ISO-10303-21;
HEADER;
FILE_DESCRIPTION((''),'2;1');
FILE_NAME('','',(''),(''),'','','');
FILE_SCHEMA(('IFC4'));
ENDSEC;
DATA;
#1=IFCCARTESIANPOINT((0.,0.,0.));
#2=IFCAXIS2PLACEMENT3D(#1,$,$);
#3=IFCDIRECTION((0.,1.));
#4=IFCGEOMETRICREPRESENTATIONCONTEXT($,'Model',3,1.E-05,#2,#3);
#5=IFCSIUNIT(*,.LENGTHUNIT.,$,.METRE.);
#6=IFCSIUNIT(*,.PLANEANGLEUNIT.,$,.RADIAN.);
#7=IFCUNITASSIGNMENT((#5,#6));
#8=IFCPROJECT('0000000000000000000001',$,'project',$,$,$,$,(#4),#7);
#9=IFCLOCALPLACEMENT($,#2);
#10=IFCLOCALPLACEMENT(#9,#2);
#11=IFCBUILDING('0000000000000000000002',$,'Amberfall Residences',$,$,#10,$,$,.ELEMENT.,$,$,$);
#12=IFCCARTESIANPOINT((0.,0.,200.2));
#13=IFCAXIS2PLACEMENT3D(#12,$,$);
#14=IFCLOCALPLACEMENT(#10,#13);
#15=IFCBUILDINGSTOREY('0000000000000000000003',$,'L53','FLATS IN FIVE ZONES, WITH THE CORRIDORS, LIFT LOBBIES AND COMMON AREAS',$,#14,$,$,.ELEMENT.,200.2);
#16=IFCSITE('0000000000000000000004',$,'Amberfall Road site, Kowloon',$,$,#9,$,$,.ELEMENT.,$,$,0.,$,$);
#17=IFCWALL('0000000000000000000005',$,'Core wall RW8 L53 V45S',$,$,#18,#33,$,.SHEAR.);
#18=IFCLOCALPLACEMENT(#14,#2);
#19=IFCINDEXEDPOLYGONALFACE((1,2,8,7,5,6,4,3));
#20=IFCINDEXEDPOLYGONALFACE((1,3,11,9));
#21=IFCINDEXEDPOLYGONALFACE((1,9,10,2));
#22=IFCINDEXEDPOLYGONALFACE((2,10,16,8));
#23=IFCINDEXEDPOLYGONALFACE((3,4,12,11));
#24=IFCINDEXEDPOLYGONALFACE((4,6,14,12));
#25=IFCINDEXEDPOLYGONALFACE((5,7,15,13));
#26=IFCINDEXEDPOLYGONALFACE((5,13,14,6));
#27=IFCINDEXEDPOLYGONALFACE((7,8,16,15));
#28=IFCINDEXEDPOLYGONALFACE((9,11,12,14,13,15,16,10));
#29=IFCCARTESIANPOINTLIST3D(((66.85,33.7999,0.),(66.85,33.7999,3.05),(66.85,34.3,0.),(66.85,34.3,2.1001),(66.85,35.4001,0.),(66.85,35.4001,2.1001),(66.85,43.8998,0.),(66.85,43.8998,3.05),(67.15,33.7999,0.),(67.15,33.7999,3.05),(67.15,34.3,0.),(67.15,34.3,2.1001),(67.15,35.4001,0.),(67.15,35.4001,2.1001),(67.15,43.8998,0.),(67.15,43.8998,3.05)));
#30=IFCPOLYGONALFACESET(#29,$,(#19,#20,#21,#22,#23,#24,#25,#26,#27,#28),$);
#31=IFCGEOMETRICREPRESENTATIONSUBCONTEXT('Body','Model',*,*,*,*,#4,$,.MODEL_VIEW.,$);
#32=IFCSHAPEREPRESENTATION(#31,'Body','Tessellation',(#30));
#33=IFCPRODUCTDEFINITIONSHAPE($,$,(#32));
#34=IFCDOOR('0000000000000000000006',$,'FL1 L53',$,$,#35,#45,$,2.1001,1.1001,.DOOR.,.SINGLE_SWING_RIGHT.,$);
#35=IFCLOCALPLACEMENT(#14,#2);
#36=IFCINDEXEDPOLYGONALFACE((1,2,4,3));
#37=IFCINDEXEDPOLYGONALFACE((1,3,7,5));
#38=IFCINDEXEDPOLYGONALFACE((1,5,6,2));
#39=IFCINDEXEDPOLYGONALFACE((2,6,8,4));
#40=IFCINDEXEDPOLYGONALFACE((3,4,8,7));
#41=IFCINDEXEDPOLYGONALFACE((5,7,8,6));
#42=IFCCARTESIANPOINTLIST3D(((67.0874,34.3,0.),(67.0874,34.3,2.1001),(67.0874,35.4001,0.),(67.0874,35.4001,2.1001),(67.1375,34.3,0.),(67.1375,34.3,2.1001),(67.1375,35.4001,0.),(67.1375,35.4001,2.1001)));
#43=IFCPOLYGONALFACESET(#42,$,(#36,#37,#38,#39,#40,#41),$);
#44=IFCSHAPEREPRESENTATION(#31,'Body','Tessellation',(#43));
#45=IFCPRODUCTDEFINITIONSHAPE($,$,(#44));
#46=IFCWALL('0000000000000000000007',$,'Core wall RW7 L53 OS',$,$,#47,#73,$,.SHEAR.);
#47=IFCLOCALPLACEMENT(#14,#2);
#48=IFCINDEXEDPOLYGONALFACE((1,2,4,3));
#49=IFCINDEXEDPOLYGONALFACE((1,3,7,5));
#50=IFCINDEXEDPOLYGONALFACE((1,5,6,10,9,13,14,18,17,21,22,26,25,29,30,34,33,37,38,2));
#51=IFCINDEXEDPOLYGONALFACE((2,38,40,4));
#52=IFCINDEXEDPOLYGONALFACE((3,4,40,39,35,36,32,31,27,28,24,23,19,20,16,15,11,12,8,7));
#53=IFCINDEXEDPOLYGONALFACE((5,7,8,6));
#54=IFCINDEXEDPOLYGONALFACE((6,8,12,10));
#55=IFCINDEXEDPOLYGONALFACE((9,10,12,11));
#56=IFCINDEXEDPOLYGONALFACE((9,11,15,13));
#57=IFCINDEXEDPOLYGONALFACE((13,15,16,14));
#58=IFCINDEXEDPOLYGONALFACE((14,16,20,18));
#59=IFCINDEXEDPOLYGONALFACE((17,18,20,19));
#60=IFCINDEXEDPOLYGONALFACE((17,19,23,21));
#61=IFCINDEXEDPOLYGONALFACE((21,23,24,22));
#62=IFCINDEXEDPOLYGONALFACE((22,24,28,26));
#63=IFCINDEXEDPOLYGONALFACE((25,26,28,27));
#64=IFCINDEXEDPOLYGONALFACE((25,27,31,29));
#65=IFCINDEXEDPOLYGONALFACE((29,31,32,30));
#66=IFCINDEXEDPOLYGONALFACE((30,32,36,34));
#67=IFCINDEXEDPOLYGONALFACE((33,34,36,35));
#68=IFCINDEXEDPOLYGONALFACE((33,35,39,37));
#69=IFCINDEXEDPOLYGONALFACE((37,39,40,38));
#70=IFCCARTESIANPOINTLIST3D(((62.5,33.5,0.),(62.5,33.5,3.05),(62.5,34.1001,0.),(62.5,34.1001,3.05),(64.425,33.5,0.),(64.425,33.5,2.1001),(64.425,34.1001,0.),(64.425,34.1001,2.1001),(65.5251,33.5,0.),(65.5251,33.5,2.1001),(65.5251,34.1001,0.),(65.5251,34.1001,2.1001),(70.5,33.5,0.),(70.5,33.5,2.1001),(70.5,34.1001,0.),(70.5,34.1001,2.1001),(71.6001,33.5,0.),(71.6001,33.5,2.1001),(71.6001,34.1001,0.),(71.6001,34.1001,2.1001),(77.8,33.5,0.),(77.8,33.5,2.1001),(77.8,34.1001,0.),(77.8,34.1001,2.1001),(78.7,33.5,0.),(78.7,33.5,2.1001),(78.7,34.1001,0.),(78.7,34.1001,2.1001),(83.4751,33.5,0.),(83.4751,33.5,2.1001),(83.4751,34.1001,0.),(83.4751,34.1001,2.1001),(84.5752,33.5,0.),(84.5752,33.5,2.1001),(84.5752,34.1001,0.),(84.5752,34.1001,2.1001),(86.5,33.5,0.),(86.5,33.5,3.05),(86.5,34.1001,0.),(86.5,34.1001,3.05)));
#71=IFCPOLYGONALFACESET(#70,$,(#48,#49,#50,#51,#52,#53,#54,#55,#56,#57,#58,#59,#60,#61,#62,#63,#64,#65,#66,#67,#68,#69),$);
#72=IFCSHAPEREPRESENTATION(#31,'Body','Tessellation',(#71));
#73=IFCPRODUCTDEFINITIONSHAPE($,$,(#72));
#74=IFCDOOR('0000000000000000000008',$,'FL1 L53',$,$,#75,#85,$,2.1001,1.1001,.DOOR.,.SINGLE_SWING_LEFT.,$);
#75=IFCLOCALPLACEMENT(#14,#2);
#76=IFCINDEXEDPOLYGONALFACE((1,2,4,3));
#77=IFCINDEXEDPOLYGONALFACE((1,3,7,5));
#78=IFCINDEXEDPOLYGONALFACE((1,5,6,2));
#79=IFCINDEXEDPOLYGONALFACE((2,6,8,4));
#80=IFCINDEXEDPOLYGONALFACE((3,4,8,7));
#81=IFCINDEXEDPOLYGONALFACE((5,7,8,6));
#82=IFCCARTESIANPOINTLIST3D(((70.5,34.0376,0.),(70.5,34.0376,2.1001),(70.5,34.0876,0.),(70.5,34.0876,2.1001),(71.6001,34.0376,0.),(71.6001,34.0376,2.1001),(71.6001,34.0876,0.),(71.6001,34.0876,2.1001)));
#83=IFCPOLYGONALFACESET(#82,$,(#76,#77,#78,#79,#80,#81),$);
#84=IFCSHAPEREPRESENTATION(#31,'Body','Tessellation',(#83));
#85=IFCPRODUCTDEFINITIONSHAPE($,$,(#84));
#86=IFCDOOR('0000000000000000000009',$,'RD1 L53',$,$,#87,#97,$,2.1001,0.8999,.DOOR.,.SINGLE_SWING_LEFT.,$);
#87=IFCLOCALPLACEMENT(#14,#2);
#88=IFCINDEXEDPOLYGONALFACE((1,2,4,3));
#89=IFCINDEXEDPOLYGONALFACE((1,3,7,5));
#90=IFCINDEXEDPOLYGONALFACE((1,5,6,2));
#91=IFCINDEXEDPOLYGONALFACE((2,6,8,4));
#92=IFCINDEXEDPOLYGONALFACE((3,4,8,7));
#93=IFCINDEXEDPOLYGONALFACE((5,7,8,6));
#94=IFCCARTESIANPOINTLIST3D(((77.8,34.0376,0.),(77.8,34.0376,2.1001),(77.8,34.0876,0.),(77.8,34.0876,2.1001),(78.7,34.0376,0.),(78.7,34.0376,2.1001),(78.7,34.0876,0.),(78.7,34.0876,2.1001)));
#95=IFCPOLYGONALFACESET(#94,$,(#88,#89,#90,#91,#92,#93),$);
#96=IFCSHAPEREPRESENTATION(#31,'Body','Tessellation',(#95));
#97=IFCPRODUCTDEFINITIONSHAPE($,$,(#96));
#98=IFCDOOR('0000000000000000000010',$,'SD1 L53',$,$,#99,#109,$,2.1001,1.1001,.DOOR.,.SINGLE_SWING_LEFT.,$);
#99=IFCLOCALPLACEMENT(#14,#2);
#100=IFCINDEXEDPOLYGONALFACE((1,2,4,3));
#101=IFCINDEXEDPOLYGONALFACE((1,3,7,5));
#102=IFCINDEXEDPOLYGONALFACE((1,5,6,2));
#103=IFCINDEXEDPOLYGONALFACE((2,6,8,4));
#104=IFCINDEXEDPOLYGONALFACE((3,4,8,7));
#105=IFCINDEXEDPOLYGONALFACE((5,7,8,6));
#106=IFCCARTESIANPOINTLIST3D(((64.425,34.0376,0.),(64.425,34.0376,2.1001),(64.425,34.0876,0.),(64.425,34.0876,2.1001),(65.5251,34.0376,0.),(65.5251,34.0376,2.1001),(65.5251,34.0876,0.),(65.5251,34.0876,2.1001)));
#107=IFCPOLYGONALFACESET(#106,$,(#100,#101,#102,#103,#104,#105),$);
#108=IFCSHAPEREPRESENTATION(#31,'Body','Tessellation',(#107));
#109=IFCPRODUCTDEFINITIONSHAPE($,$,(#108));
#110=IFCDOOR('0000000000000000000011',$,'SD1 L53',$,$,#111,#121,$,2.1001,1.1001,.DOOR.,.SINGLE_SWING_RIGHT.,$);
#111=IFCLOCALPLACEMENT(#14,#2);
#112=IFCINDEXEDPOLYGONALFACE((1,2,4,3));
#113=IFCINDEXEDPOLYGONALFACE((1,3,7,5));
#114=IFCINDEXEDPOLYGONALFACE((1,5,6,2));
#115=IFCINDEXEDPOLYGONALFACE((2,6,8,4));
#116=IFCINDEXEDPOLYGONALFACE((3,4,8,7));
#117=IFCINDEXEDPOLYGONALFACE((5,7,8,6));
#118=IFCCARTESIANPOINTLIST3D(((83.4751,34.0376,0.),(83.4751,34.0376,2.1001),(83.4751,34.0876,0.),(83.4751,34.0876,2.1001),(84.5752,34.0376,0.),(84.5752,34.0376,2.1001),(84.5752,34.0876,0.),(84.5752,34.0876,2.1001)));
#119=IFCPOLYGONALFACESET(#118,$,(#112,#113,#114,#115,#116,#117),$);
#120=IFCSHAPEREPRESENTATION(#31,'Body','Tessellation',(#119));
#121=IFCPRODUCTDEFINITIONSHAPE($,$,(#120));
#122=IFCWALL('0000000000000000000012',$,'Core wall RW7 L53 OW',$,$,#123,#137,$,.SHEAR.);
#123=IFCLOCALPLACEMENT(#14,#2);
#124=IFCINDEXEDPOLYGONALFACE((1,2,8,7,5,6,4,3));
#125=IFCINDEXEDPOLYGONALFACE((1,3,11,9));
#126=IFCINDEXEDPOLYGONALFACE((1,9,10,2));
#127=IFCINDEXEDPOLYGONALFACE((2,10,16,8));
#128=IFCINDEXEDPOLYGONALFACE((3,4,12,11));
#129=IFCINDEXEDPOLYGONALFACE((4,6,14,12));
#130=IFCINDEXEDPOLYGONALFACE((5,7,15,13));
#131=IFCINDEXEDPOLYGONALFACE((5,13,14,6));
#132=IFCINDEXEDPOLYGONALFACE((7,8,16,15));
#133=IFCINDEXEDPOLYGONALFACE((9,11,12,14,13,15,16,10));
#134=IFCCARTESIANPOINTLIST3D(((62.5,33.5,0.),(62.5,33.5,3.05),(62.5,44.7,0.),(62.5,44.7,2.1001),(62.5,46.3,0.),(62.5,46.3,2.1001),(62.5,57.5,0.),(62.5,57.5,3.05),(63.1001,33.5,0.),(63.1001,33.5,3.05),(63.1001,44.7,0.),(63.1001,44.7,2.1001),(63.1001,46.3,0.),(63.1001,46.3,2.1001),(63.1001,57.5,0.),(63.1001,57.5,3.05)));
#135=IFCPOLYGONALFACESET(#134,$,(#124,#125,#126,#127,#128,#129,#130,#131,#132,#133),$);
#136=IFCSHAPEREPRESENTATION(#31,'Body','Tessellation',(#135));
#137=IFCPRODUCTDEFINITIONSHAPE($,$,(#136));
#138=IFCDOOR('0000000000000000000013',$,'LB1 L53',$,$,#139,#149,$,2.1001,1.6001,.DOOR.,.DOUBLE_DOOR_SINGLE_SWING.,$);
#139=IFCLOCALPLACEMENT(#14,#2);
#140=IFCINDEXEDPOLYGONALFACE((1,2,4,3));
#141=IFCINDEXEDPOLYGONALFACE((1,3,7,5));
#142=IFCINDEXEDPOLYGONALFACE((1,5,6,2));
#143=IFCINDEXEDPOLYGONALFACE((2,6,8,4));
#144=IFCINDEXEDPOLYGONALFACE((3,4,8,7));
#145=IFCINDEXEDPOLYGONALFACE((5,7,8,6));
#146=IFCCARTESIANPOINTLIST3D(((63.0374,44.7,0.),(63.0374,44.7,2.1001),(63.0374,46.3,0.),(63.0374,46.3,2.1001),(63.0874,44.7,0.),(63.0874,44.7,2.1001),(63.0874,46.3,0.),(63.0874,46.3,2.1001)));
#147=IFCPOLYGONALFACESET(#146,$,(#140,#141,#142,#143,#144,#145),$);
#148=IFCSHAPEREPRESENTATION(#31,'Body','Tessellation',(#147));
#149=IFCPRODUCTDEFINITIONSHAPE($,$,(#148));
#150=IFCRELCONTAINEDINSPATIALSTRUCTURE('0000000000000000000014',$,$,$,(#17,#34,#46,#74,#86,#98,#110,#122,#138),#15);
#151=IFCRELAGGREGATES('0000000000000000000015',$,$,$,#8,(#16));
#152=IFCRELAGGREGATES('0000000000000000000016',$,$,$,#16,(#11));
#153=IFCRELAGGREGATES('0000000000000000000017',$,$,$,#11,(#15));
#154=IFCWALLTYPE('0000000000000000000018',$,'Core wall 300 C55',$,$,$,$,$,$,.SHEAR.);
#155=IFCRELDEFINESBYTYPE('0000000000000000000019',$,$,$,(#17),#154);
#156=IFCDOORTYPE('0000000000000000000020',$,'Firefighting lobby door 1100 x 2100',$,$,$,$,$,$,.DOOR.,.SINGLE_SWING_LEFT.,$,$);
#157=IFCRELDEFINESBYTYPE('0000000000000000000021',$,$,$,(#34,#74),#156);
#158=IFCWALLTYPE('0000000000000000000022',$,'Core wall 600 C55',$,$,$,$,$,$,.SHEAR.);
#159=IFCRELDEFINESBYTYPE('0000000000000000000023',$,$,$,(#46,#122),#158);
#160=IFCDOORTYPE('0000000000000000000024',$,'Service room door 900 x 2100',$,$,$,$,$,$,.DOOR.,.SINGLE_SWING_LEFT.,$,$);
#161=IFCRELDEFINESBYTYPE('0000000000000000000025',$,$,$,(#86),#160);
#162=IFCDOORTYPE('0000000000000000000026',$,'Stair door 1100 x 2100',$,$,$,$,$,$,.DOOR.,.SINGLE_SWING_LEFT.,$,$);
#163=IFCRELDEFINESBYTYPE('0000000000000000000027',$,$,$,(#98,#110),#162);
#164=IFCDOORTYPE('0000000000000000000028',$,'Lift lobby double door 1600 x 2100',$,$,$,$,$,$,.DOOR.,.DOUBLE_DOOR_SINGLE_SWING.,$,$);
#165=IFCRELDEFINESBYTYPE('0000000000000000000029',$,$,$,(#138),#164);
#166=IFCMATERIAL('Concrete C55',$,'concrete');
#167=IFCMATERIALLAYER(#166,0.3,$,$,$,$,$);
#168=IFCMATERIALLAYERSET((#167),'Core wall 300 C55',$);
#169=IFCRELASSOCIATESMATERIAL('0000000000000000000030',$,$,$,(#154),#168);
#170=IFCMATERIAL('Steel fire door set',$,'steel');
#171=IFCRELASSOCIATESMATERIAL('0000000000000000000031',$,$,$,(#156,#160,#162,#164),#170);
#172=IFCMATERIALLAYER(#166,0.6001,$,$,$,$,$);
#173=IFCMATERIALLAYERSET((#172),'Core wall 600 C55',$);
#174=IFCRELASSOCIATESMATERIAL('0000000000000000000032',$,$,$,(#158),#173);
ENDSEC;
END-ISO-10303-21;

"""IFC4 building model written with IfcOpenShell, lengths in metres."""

from ifc_helpers import new_model, si_unit, direction, frame, frame_2d, origin, place, context, subcontext, project, spatial, rectangle, extrude, material, layer, layer_set, type_object, element, fill, save


model = new_model("IFC4")

# Units and contexts
model_context = context("Model", 3, precision=1e-05, world=origin(), true_north=direction((0.0, 1.0)))
body_context = subcontext(model_context, "Body", "Model", "MODEL_VIEW")
ifc_project = project(units=[si_unit("LENGTHUNIT", "METRE"), si_unit("PLANEANGLEUNIT", "RADIAN")], contexts=[model_context])

# Site, building, storey
site_placement = place(None, origin())
site = spatial("IfcSite", under=ifc_project, at=site_placement, Name="Amberfall Road site, Kowloon", CompositionType="ELEMENT", RefElevation=0.0)
building_placement = place(site_placement, origin())
building = spatial("IfcBuilding", under=site, at=building_placement, Name="Amberfall Residences", CompositionType="ELEMENT")
storey_placement = place(building_placement, frame((0.0, 0.0, 200.2)))
storey = spatial("IfcBuildingStorey", under=building, at=storey_placement, Name="L53", Description="FLATS IN FIVE ZONES, WITH THE CORRIDORS, LIFT LOBBIES AND COMMON AREAS", CompositionType="ELEMENT", Elevation=200.2)

# Wall, opening, door
ifc_material_1 = material(Name="Concrete C55", Category="concrete")
ifc_layer_1 = layer(ifc_material_1, 0.3)
ifc_layer_set_1 = layer_set([ifc_layer_1], Name="Core wall 300 C55")
wall_type_1 = type_object("IfcWallType", Name="Core wall 300 C55", PredefinedType="SHEAR", material=ifc_layer_set_1)
wall_1_placement = place(storey_placement, frame((67.0, 33.8, 0.0), z_axis=(0.0, 0.0, 1.0), x_axis=(0.0, 1.0, 0.0)))
wall_1 = element("IfcWall", 1, at=wall_1_placement, inside=storey, type_object=wall_type_1, Name="Core wall RW8 L53 V45S", PredefinedType="SHEAR", context=body_context, shape_type="SweptSolid", body=[
    extrude(rectangle(XDim=10.0999, YDim=0.3, at=frame_2d((5.0498, 0.0))), origin(), (0.0, 0.0, 1.0), 3.05),
])
opening_1_placement = place(wall_1_placement, frame((0.5, 0.0, 0.0)))
opening_1 = element("IfcOpeningElement", 2, at=opening_1_placement, cuts=wall_1, PredefinedType="OPENING", context=body_context, shape_type="SweptSolid", body=[
    extrude(rectangle(XDim=1.1001, YDim=2.1001, at=frame_2d((0.55, 1.05))), frame((0.0, 0.1599, 0.0), z_axis=(0.0, -1.0, 0.0), x_axis=(1.0, 0.0, 0.0)), (0.0, 0.0, 1.0), 0.3201),
])
ifc_material_2 = material(Name="Steel fire door set", Category="steel")
door_type_1 = type_object("IfcDoorType", Name="Firefighting lobby door 1100 x 2100", OperationType="SINGLE_SWING_LEFT", PredefinedType="DOOR", material=ifc_material_2)
door_1_placement = place(opening_1_placement, origin())
door_1 = element("IfcDoor", 3, at=door_1_placement, inside=storey, type_object=door_type_1, Name="FL1 L53", OperationType="SINGLE_SWING_RIGHT", OverallHeight=2.1001, OverallWidth=1.1001, PredefinedType="DOOR", context=body_context, shape_type="SweptSolid", body=[
    extrude(rectangle(XDim=1.1001, YDim=2.1001, at=frame_2d((0.55, 1.05))), frame((0.0, -0.0874, 0.0), z_axis=(0.0, -1.0, 0.0), x_axis=(1.0, 0.0, 0.0)), (0.0, 0.0, 1.0), 0.05),
])
fill(opening_1, door_1)

# Wall, openings, doors
ifc_layer_2 = layer(ifc_material_1, 0.6001)
ifc_layer_set_2 = layer_set([ifc_layer_2], Name="Core wall 600 C55")
wall_type_2 = type_object("IfcWallType", Name="Core wall 600 C55", PredefinedType="SHEAR", material=ifc_layer_set_2)
wall_2_placement = place(storey_placement, frame((62.5, 33.8, 0.0), z_axis=(0.0, 0.0, 1.0), x_axis=(1.0, 0.0, 0.0)))
wall_2 = element("IfcWall", 4, at=wall_2_placement, inside=storey, type_object=wall_type_2, Name="Core wall RW7 L53 OS", PredefinedType="SHEAR", context=body_context, shape_type="SweptSolid", body=[
    extrude(rectangle(XDim=24.0, YDim=0.6001, at=frame_2d((12.0, 0.0))), origin(), (0.0, 0.0, 1.0), 3.05),
])
opening_2_placement = place(wall_2_placement, frame((1.925, 0.0, 0.0)))
opening_2 = element("IfcOpeningElement", 5, at=opening_2_placement, cuts=wall_2, PredefinedType="OPENING", context=body_context, shape_type="SweptSolid", body=[
    extrude(rectangle(XDim=1.1001, YDim=2.1001, at=frame_2d((0.55, 1.05))), frame((0.0, 0.3101, 0.0), z_axis=(0.0, -1.0, 0.0), x_axis=(1.0, 0.0, 0.0)), (0.0, 0.0, 1.0), 0.6201),
])
opening_3_placement = place(wall_2_placement, frame((20.9751, 0.0, 0.0)))
opening_3 = element("IfcOpeningElement", 6, at=opening_3_placement, cuts=wall_2, PredefinedType="OPENING", context=body_context, shape_type="SweptSolid", body=[
    extrude(rectangle(XDim=1.1001, YDim=2.1001, at=frame_2d((0.55, 1.05))), frame((0.0, 0.3101, 0.0), z_axis=(0.0, -1.0, 0.0), x_axis=(1.0, 0.0, 0.0)), (0.0, 0.0, 1.0), 0.6201),
])
opening_4_placement = place(wall_2_placement, frame((8.0, 0.0, 0.0)))
opening_4 = element("IfcOpeningElement", 7, at=opening_4_placement, cuts=wall_2, PredefinedType="OPENING", context=body_context, shape_type="SweptSolid", body=[
    extrude(rectangle(XDim=1.1001, YDim=2.1001, at=frame_2d((0.55, 1.05))), frame((0.0, 0.3101, 0.0), z_axis=(0.0, -1.0, 0.0), x_axis=(1.0, 0.0, 0.0)), (0.0, 0.0, 1.0), 0.6201),
])
opening_5_placement = place(wall_2_placement, frame((15.3, 0.0, 0.0)))
opening_5 = element("IfcOpeningElement", 8, at=opening_5_placement, cuts=wall_2, PredefinedType="OPENING", context=body_context, shape_type="SweptSolid", body=[
    extrude(rectangle(XDim=0.8999, YDim=2.1001, at=frame_2d((0.45, 1.05))), frame((0.0, 0.3101, 0.0), z_axis=(0.0, -1.0, 0.0), x_axis=(1.0, 0.0, 0.0)), (0.0, 0.0, 1.0), 0.6201),
])
door_2_placement = place(opening_4_placement, origin())
door_2 = element("IfcDoor", 9, at=door_2_placement, inside=storey, type_object=door_type_1, Name="FL1 L53", OperationType="SINGLE_SWING_LEFT", OverallHeight=2.1001, OverallWidth=1.1001, PredefinedType="DOOR", context=body_context, shape_type="SweptSolid", body=[
    extrude(rectangle(XDim=1.1001, YDim=2.1001, at=frame_2d((0.55, 1.05))), frame((0.0, 0.2876, 0.0), z_axis=(0.0, -1.0, 0.0), x_axis=(1.0, 0.0, 0.0)), (0.0, 0.0, 1.0), 0.05),
])
fill(opening_4, door_2)
door_type_2 = type_object("IfcDoorType", Name="Service room door 900 x 2100", OperationType="SINGLE_SWING_LEFT", PredefinedType="DOOR", material=ifc_material_2)
door_3_placement = place(opening_5_placement, origin())
door_3 = element("IfcDoor", 10, at=door_3_placement, inside=storey, type_object=door_type_2, Name="RD1 L53", OperationType="SINGLE_SWING_LEFT", OverallHeight=2.1001, OverallWidth=0.8999, PredefinedType="DOOR", context=body_context, shape_type="SweptSolid", body=[
    extrude(rectangle(XDim=0.8999, YDim=2.1001, at=frame_2d((0.45, 1.05))), frame((0.0, 0.2876, 0.0), z_axis=(0.0, -1.0, 0.0), x_axis=(1.0, 0.0, 0.0)), (0.0, 0.0, 1.0), 0.05),
])
fill(opening_5, door_3)
door_type_3 = type_object("IfcDoorType", Name="Stair door 1100 x 2100", OperationType="SINGLE_SWING_LEFT", PredefinedType="DOOR", material=ifc_material_2)
door_4_placement = place(opening_2_placement, origin())
door_4 = element("IfcDoor", 11, at=door_4_placement, inside=storey, type_object=door_type_3, Name="SD1 L53", OperationType="SINGLE_SWING_LEFT", OverallHeight=2.1001, OverallWidth=1.1001, PredefinedType="DOOR", context=body_context, shape_type="SweptSolid", body=[
    extrude(rectangle(XDim=1.1001, YDim=2.1001, at=frame_2d((0.55, 1.05))), frame((0.0, 0.2876, 0.0), z_axis=(0.0, -1.0, 0.0), x_axis=(1.0, 0.0, 0.0)), (0.0, 0.0, 1.0), 0.05),
])
fill(opening_2, door_4)
door_5_placement = place(opening_3_placement, origin())
door_5 = element("IfcDoor", 12, at=door_5_placement, inside=storey, type_object=door_type_3, Name="SD1 L53", OperationType="SINGLE_SWING_RIGHT", OverallHeight=2.1001, OverallWidth=1.1001, PredefinedType="DOOR", context=body_context, shape_type="SweptSolid", body=[
    extrude(rectangle(XDim=1.1001, YDim=2.1001, at=frame_2d((0.55, 1.05))), frame((0.0, 0.2876, 0.0), z_axis=(0.0, -1.0, 0.0), x_axis=(1.0, 0.0, 0.0)), (0.0, 0.0, 1.0), 0.05),
])
fill(opening_3, door_5)

# Wall, opening, door
wall_3_placement = place(storey_placement, frame((62.8, 33.5, 0.0), z_axis=(0.0, 0.0, 1.0), x_axis=(0.0, 1.0, 0.0)))
wall_3 = element("IfcWall", 13, at=wall_3_placement, inside=storey, type_object=wall_type_2, Name="Core wall RW7 L53 OW", PredefinedType="SHEAR", context=body_context, shape_type="SweptSolid", body=[
    extrude(rectangle(XDim=24.0, YDim=0.6001, at=frame_2d((12.0, 0.0))), origin(), (0.0, 0.0, 1.0), 3.05),
])
opening_6_placement = place(wall_3_placement, frame((11.2, 0.0, 0.0)))
opening_6 = element("IfcOpeningElement", 14, at=opening_6_placement, cuts=wall_3, PredefinedType="OPENING", context=body_context, shape_type="SweptSolid", body=[
    extrude(rectangle(XDim=1.6001, YDim=2.1001, at=frame_2d((0.8, 1.05))), frame((0.0, 0.3101, 0.0), z_axis=(0.0, -1.0, 0.0), x_axis=(1.0, 0.0, 0.0)), (0.0, 0.0, 1.0), 0.6201),
])
door_type_4 = type_object("IfcDoorType", Name="Lift lobby double door 1600 x 2100", OperationType="DOUBLE_DOOR_SINGLE_SWING", PredefinedType="DOOR", material=ifc_material_2)
door_6_placement = place(opening_6_placement, origin())
door_6 = element("IfcDoor", 15, at=door_6_placement, inside=storey, type_object=door_type_4, Name="LB1 L53", OperationType="DOUBLE_DOOR_SINGLE_SWING", OverallHeight=2.1001, OverallWidth=1.6001, PredefinedType="DOOR", context=body_context, shape_type="SweptSolid", body=[
    extrude(rectangle(XDim=1.6001, YDim=2.1001, at=frame_2d((0.8, 1.05))), frame((0.0, -0.2373, 0.0), z_axis=(0.0, -1.0, 0.0), x_axis=(1.0, 0.0, 0.0)), (0.0, 0.0, 1.0), 0.05),
])
fill(opening_6, door_6)

save(model, "model.ifc")
